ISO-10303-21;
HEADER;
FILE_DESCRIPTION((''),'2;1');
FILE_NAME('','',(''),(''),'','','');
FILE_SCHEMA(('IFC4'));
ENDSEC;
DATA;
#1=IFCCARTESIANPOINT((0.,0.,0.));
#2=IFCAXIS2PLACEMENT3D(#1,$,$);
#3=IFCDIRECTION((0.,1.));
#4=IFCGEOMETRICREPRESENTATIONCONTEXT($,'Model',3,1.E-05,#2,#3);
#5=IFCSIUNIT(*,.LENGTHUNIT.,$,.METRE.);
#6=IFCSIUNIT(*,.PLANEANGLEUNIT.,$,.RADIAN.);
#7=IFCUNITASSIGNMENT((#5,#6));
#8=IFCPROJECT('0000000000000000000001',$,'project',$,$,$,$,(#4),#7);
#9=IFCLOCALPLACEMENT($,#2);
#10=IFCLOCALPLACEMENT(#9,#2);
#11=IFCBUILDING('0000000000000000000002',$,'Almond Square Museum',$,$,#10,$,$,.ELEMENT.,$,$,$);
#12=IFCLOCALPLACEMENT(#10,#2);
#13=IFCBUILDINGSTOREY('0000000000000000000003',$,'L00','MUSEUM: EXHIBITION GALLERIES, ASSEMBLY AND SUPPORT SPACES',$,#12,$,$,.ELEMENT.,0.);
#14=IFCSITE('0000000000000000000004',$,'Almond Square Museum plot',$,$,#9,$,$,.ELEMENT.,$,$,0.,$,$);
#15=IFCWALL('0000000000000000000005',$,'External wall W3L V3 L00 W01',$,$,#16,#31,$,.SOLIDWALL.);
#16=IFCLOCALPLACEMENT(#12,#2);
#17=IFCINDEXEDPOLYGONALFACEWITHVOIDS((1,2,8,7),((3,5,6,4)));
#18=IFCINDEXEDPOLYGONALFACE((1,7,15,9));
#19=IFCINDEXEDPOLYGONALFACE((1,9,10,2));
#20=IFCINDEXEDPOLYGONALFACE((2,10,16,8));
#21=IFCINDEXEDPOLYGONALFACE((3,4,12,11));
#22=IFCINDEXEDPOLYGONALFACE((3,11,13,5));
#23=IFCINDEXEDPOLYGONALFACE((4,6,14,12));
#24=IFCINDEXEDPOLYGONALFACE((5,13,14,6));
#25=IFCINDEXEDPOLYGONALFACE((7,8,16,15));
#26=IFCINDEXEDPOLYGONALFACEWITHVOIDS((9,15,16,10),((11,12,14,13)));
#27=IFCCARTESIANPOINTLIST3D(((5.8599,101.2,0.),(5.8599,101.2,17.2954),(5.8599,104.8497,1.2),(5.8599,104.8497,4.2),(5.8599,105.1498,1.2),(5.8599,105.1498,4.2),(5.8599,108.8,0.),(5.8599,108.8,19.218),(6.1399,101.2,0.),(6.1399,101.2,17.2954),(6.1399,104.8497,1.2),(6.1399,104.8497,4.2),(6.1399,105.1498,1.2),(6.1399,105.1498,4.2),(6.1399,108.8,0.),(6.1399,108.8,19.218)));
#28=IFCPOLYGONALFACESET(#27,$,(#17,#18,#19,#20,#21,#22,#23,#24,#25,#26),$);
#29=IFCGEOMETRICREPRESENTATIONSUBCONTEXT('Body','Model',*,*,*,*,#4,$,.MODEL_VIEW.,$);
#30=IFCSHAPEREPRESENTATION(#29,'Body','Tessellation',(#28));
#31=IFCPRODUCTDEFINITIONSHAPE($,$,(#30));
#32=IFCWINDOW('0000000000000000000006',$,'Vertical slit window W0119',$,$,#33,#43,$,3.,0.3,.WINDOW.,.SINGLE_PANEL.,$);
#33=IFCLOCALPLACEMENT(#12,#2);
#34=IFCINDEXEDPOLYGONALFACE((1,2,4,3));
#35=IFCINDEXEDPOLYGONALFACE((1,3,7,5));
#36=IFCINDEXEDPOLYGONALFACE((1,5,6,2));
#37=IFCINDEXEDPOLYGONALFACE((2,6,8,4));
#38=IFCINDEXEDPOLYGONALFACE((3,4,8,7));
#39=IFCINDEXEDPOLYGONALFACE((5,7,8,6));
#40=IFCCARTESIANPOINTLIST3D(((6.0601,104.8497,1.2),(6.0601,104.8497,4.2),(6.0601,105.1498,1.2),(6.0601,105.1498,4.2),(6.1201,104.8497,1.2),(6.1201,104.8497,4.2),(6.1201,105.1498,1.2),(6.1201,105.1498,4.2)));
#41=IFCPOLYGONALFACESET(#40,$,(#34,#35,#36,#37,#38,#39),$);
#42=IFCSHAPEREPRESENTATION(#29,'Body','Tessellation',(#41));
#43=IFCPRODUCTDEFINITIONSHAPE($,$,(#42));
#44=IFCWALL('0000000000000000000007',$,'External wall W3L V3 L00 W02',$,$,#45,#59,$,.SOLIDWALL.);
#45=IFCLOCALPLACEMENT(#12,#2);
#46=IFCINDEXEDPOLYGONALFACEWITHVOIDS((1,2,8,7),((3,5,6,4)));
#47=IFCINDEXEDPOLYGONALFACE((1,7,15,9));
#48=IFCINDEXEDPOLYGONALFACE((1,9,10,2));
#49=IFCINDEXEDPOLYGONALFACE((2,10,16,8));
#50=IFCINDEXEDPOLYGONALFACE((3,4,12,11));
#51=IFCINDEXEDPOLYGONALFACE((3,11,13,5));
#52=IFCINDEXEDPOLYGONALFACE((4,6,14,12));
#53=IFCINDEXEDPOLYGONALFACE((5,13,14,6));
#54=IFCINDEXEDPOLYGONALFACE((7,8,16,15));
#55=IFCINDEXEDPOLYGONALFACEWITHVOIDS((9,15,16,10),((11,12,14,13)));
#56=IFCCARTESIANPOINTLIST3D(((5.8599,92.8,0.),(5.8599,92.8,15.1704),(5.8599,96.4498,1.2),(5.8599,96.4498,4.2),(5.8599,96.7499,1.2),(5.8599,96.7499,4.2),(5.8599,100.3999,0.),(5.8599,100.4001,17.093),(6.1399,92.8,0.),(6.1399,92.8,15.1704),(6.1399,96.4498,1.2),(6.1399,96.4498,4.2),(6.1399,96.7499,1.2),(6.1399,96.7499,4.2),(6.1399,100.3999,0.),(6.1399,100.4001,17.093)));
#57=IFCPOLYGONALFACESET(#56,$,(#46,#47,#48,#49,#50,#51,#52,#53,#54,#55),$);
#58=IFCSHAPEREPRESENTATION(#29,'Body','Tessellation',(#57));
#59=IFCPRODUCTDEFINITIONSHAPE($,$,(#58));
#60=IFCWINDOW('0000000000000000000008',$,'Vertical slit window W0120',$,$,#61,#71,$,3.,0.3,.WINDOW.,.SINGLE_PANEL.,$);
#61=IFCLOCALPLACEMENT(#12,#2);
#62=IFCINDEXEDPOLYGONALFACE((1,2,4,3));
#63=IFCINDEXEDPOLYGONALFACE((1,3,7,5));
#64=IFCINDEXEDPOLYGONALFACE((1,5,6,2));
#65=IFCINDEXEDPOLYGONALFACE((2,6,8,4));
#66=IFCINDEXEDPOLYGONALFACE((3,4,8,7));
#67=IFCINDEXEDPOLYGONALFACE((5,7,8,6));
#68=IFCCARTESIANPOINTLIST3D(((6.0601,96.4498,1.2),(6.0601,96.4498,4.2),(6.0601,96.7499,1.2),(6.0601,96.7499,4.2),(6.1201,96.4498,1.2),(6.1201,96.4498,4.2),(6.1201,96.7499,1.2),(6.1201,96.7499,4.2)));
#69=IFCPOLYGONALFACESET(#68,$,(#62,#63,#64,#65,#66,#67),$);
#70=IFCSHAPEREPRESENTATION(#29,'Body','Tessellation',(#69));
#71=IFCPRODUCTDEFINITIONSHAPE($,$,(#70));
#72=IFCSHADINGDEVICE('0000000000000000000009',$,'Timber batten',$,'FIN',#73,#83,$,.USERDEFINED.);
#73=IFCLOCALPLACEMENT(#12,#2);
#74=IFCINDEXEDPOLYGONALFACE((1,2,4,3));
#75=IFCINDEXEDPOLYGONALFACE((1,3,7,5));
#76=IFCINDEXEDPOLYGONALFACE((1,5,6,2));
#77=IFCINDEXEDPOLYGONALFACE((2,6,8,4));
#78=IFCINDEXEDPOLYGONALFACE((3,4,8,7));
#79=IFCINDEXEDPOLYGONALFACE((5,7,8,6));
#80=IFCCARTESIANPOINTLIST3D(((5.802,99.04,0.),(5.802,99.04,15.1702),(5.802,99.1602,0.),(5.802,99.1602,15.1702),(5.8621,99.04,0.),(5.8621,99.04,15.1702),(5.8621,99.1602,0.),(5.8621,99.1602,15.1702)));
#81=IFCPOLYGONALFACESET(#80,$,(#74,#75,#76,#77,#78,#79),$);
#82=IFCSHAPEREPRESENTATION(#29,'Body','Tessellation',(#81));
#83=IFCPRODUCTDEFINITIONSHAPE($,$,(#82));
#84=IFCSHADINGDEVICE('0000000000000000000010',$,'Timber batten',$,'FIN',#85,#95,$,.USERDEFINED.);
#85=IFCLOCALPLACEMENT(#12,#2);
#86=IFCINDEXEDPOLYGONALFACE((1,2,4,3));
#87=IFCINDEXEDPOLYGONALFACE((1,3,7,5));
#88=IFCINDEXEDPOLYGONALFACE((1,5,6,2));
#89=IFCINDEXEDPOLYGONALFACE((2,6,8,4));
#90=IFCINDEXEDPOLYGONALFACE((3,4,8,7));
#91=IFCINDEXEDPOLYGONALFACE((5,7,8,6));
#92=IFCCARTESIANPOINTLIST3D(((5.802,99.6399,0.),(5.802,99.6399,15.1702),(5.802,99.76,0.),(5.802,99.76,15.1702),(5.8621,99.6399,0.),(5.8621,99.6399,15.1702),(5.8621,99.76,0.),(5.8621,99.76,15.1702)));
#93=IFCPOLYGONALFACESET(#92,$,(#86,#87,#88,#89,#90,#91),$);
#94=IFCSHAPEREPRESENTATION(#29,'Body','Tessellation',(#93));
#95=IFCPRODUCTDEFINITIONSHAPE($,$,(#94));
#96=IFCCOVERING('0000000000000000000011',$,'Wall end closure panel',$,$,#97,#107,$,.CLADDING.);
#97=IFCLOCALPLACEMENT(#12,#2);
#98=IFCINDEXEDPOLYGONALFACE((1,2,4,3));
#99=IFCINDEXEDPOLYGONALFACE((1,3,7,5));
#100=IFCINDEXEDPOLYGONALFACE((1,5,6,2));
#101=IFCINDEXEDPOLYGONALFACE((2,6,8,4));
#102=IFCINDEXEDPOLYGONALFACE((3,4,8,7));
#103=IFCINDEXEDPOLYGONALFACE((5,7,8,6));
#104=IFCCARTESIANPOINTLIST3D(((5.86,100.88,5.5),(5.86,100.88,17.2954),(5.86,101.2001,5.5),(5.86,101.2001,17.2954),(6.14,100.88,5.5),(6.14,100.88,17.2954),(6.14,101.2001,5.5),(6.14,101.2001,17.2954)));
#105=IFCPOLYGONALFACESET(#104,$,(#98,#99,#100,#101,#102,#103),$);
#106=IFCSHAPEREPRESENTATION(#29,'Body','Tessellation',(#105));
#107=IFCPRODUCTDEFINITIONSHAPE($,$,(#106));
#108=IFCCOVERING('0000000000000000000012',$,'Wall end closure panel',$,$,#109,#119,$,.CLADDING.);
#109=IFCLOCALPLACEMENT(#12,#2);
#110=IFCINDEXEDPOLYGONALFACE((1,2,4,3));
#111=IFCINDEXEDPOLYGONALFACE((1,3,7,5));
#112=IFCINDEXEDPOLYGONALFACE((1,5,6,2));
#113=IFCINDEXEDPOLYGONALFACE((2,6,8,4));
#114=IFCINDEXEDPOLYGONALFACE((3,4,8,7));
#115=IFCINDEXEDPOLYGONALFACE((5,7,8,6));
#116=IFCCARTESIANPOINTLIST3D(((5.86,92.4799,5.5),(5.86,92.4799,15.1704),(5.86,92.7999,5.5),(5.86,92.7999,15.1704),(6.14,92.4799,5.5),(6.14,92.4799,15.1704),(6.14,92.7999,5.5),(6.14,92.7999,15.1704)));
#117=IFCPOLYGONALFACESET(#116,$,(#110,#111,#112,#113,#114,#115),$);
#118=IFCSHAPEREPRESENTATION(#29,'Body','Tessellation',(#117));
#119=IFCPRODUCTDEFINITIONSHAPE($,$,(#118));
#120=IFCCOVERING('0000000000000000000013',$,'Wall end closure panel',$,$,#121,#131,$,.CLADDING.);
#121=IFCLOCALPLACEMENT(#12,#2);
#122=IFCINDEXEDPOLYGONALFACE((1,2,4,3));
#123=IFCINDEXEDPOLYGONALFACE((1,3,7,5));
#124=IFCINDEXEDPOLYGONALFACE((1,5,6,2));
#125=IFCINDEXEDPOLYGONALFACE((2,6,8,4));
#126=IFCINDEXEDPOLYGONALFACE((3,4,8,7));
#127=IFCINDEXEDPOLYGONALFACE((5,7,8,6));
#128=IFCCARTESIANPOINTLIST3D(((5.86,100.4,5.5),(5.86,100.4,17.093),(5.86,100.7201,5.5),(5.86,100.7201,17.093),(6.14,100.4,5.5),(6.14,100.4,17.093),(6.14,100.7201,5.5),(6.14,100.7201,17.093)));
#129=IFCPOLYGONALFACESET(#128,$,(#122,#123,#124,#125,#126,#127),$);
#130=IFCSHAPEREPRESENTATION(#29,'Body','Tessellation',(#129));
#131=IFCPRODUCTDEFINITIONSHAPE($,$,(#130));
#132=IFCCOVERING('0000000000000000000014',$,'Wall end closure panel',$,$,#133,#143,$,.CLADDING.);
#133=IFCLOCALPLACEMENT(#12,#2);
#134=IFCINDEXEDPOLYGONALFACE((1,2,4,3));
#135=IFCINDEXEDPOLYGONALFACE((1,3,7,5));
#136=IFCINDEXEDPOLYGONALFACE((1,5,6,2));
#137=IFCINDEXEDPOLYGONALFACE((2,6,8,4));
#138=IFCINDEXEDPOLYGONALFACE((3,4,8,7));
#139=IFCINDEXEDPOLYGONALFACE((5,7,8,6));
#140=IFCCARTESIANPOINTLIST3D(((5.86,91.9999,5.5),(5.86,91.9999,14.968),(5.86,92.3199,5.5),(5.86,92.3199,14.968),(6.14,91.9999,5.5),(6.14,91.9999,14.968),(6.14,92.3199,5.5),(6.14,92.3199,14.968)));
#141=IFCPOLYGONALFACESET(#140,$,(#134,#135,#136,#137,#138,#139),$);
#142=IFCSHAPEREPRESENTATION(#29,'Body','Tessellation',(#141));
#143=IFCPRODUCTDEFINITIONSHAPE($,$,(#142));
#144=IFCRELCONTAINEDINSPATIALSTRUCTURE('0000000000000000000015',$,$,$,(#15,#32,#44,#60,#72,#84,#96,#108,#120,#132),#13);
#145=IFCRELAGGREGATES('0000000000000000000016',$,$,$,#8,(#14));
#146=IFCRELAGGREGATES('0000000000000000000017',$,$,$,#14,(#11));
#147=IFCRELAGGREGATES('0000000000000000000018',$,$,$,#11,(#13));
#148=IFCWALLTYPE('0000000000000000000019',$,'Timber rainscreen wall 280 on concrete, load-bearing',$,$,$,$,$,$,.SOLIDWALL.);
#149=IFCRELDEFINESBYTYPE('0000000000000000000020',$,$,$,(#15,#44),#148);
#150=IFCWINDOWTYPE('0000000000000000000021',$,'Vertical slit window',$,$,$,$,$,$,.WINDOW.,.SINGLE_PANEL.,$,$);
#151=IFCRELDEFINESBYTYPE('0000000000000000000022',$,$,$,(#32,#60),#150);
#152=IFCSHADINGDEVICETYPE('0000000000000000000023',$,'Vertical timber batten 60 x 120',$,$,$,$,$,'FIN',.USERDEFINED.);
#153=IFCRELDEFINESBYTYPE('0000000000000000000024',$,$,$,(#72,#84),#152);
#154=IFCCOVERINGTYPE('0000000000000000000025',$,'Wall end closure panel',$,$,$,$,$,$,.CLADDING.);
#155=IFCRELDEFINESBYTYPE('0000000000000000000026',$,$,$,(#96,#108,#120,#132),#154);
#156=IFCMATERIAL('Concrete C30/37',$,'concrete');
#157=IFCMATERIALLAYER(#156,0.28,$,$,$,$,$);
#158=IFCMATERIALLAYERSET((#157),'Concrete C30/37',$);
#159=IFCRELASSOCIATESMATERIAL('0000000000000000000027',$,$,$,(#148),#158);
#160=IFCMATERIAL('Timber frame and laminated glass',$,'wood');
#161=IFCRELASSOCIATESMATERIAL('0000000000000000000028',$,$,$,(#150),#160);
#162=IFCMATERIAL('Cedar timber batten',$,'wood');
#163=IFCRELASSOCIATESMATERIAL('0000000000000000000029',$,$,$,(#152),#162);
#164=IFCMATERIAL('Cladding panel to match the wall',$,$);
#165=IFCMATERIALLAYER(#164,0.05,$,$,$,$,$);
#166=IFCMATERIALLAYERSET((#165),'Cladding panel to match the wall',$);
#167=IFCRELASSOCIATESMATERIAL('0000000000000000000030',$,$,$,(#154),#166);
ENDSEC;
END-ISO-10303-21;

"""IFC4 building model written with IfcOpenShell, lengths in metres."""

from ifc_helpers import new_model, si_unit, direction, frame, frame_2d, origin, origin_2d, place, context, subcontext, project, spatial, polyline, rectangle, outline, extrude, material, layer, layer_set, material_profile, profile_set, type_object, element, fill, save


model = new_model("IFC4")

# Units and contexts
model_context = context("Model", 3, precision=1e-05, world=origin(), true_north=direction((0.0, 1.0)))
body_context = subcontext(model_context, "Body", "Model", "MODEL_VIEW")
ifc_project = project(units=[si_unit("LENGTHUNIT", "METRE"), si_unit("PLANEANGLEUNIT", "RADIAN")], contexts=[model_context])

# Site, building, storey
site_placement = place(None, origin())
site = spatial("IfcSite", under=ifc_project, at=site_placement, Name="Almond Square Museum plot", CompositionType="ELEMENT", RefElevation=0.0)
building_placement = place(site_placement, origin())
building = spatial("IfcBuilding", under=site, at=building_placement, Name="Almond Square Museum", CompositionType="ELEMENT")
storey_placement = place(building_placement, origin())
storey = spatial("IfcBuildingStorey", under=building, at=storey_placement, Name="L00", Description="MUSEUM: EXHIBITION GALLERIES, ASSEMBLY AND SUPPORT SPACES", CompositionType="ELEMENT", Elevation=0.0)

# Walls, openings, windows
ifc_material_1 = material(Name="Concrete C30/37", Category="concrete")
ifc_layer_1 = layer(ifc_material_1, 0.28)
ifc_layer_set_1 = layer_set([ifc_layer_1], Name="Concrete C30/37")
wall_type_1 = type_object("IfcWallType", Name="Timber rainscreen wall 280 on concrete, load-bearing", PredefinedType="SOLIDWALL", material=ifc_layer_set_1)
wall_1_placement = place(storey_placement, frame((6.0, 101.2, 0.0), z_axis=(0.0, 0.0, 1.0), x_axis=(0.0, 1.0, 0.0)))
wall_1 = element("IfcWall", 1, at=wall_1_placement, inside=storey, type_object=wall_type_1, Name="External wall W3L V3 L00 W01", PredefinedType="SOLIDWALL", context=body_context, shape_type="SweptSolid", body=[
    extrude(outline(polyline([(0.0, 0.0), (7.6001, 0.0), (7.6001, 19.218), (0.0, 17.2954), (0.0, 0.0)])), frame((0.0, 0.1401, 0.0), z_axis=(0.0, -1.0, 0.0), x_axis=(1.0, 0.0, 0.0)), (0.0, 0.0, 1.0), 0.28),
])
opening_1_placement = place(wall_1_placement, frame((3.6499, 0.0, 1.2)))
opening_1 = element("IfcOpeningElement", 2, at=opening_1_placement, cuts=wall_1, PredefinedType="OPENING", context=body_context, shape_type="SweptSolid", body=[
    extrude(rectangle(XDim=0.3, YDim=3.0, at=frame_2d((0.1499, 1.5))), frame((0.0, 0.1499, 0.0), z_axis=(0.0, -1.0, 0.0), x_axis=(1.0, 0.0, 0.0)), (0.0, 0.0, 1.0), 0.3),
])
ifc_material_2 = material(Name="Timber frame and laminated glass", Category="wood")
window_type = type_object("IfcWindowType", Name="Vertical slit window", PartitioningType="SINGLE_PANEL", PredefinedType="WINDOW", material=ifc_material_2)
window_1_placement = place(opening_1_placement, origin())
window_1 = element("IfcWindow", 3, at=window_1_placement, inside=storey, type_object=window_type, Name="Vertical slit window W0119", OverallHeight=3.0, OverallWidth=0.3, PartitioningType="SINGLE_PANEL", PredefinedType="WINDOW", context=body_context, shape_type="SweptSolid", body=[
    extrude(rectangle(XDim=0.3, YDim=3.0, at=frame_2d((0.1499, 1.5))), frame((0.0, -0.0601, 0.0), z_axis=(0.0, -1.0, 0.0), x_axis=(1.0, 0.0, 0.0)), (0.0, 0.0, 1.0), 0.0601),
])
fill(opening_1, window_1)
wall_2_placement = place(storey_placement, frame((6.0, 92.8, 0.0), z_axis=(0.0, 0.0, 1.0), x_axis=(0.0, 1.0, 0.0)))
wall_2 = element("IfcWall", 4, at=wall_2_placement, inside=storey, type_object=wall_type_1, Name="External wall W3L V3 L00 W02", PredefinedType="SOLIDWALL", context=body_context, shape_type="SweptSolid", body=[
    extrude(outline(polyline([(0.0, 0.0), (7.5999, 0.0), (7.6001, 17.093), (0.0, 15.1704), (0.0, 0.0)])), frame((0.0, 0.1401, 0.0), z_axis=(0.0, -1.0, 0.0), x_axis=(1.0, 0.0, 0.0)), (0.0, 0.0, 1.0), 0.28),
])
opening_2_placement = place(wall_2_placement, frame((3.6499, 0.0, 1.2)))
opening_2 = element("IfcOpeningElement", 5, at=opening_2_placement, cuts=wall_2, PredefinedType="OPENING", context=body_context, shape_type="SweptSolid", body=[
    extrude(rectangle(XDim=0.3, YDim=3.0, at=frame_2d((0.1499, 1.5))), frame((0.0, 0.1499, 0.0), z_axis=(0.0, -1.0, 0.0), x_axis=(1.0, 0.0, 0.0)), (0.0, 0.0, 1.0), 0.3),
])
window_2_placement = place(opening_2_placement, origin())
window_2 = element("IfcWindow", 6, at=window_2_placement, inside=storey, type_object=window_type, Name="Vertical slit window W0120", OverallHeight=3.0, OverallWidth=0.3, PartitioningType="SINGLE_PANEL", PredefinedType="WINDOW", context=body_context, shape_type="SweptSolid", body=[
    extrude(rectangle(XDim=0.3, YDim=3.0, at=frame_2d((0.1499, 1.5))), frame((0.0, -0.0601, 0.0), z_axis=(0.0, -1.0, 0.0), x_axis=(1.0, 0.0, 0.0)), (0.0, 0.0, 1.0), 0.0601),
])
fill(opening_2, window_2)

# Shading devices
ifc_material_3 = material(Name="Cedar timber batten", Category="wood")
ifc_material_profile_1 = material_profile(ifc_material_3, rectangle(XDim=0.0601, YDim=0.1201, at=origin_2d()))
ifc_profile_set_1 = profile_set([ifc_material_profile_1], Name="Cedar timber batten")
shading_device_type = type_object("IfcShadingDeviceType", Name="Vertical timber batten 60 x 120", ElementType="FIN", PredefinedType="USERDEFINED", material=ifc_profile_set_1)
for number, where, z_axis, x_axis, name in (
    (7, (5.832, 99.1001, 0.0), (0.0, 0.0, 1.0), (-1.0, 0.0, 0.0), "Timber batten"),
    (8, (5.832, 99.7, 0.0), (0.0, 0.0, 1.0), (-1.0, 0.0, 0.0), "Timber batten"),
):
    element("IfcShadingDevice", number, at=place(storey_placement, frame(where, z_axis=z_axis, x_axis=x_axis)), inside=storey, type_object=shading_device_type, Name=name, ObjectType="FIN", PredefinedType="USERDEFINED", context=body_context, shape_type="SweptSolid", body=[
        extrude(rectangle(XDim=0.0601, YDim=0.1201, at=origin_2d()), origin(), (0.0, 0.0, 1.0), 15.1702),
    ])

# Coverings
ifc_material_4 = material(Name="Cladding panel to match the wall")
ifc_layer_2 = layer(ifc_material_4, 0.05)
ifc_layer_set_2 = layer_set([ifc_layer_2], Name="Cladding panel to match the wall")
covering_type = type_object("IfcCoveringType", Name="Wall end closure panel", PredefinedType="CLADDING", material=ifc_layer_set_2)
covering_1_placement = place(storey_placement, frame((6.0, 101.04, 5.5), z_axis=(0.0, 0.0, 1.0), x_axis=(1.0, 0.0, 0.0)))
element("IfcCovering", 9, at=covering_1_placement, inside=storey, type_object=covering_type, Name="Wall end closure panel", PredefinedType="CLADDING", context=body_context, shape_type="SweptSolid", body=[
    extrude(rectangle(XDim=0.28, YDim=0.3201, at=origin_2d()), origin(), (0.0, 0.0, 1.0), 11.7954),
])
covering_2_placement = place(storey_placement, frame((6.0, 92.6399, 5.5), z_axis=(0.0, 0.0, 1.0), x_axis=(1.0, 0.0, 0.0)))
element("IfcCovering", 10, at=covering_2_placement, inside=storey, type_object=covering_type, Name="Wall end closure panel", PredefinedType="CLADDING", context=body_context, shape_type="SweptSolid", body=[
    extrude(rectangle(XDim=0.28, YDim=0.3201, at=origin_2d()), origin(), (0.0, 0.0, 1.0), 9.6704),
])
covering_3_placement = place(storey_placement, frame((6.0, 100.5601, 5.5), z_axis=(0.0, 0.0, 1.0), x_axis=(1.0, 0.0, 0.0)))
element("IfcCovering", 11, at=covering_3_placement, inside=storey, type_object=covering_type, Name="Wall end closure panel", PredefinedType="CLADDING", context=body_context, shape_type="SweptSolid", body=[
    extrude(rectangle(XDim=0.28, YDim=0.3201, at=origin_2d()), origin(), (0.0, 0.0, 1.0), 11.593),
])
covering_4_placement = place(storey_placement, frame((6.0, 92.1599, 5.5), z_axis=(0.0, 0.0, 1.0), x_axis=(1.0, 0.0, 0.0)))
element("IfcCovering", 12, at=covering_4_placement, inside=storey, type_object=covering_type, Name="Wall end closure panel", PredefinedType="CLADDING", context=body_context, shape_type="SweptSolid", body=[
    extrude(rectangle(XDim=0.28, YDim=0.3201, at=origin_2d()), origin(), (0.0, 0.0, 1.0), 9.468),
])

save(model, "model.ifc")
